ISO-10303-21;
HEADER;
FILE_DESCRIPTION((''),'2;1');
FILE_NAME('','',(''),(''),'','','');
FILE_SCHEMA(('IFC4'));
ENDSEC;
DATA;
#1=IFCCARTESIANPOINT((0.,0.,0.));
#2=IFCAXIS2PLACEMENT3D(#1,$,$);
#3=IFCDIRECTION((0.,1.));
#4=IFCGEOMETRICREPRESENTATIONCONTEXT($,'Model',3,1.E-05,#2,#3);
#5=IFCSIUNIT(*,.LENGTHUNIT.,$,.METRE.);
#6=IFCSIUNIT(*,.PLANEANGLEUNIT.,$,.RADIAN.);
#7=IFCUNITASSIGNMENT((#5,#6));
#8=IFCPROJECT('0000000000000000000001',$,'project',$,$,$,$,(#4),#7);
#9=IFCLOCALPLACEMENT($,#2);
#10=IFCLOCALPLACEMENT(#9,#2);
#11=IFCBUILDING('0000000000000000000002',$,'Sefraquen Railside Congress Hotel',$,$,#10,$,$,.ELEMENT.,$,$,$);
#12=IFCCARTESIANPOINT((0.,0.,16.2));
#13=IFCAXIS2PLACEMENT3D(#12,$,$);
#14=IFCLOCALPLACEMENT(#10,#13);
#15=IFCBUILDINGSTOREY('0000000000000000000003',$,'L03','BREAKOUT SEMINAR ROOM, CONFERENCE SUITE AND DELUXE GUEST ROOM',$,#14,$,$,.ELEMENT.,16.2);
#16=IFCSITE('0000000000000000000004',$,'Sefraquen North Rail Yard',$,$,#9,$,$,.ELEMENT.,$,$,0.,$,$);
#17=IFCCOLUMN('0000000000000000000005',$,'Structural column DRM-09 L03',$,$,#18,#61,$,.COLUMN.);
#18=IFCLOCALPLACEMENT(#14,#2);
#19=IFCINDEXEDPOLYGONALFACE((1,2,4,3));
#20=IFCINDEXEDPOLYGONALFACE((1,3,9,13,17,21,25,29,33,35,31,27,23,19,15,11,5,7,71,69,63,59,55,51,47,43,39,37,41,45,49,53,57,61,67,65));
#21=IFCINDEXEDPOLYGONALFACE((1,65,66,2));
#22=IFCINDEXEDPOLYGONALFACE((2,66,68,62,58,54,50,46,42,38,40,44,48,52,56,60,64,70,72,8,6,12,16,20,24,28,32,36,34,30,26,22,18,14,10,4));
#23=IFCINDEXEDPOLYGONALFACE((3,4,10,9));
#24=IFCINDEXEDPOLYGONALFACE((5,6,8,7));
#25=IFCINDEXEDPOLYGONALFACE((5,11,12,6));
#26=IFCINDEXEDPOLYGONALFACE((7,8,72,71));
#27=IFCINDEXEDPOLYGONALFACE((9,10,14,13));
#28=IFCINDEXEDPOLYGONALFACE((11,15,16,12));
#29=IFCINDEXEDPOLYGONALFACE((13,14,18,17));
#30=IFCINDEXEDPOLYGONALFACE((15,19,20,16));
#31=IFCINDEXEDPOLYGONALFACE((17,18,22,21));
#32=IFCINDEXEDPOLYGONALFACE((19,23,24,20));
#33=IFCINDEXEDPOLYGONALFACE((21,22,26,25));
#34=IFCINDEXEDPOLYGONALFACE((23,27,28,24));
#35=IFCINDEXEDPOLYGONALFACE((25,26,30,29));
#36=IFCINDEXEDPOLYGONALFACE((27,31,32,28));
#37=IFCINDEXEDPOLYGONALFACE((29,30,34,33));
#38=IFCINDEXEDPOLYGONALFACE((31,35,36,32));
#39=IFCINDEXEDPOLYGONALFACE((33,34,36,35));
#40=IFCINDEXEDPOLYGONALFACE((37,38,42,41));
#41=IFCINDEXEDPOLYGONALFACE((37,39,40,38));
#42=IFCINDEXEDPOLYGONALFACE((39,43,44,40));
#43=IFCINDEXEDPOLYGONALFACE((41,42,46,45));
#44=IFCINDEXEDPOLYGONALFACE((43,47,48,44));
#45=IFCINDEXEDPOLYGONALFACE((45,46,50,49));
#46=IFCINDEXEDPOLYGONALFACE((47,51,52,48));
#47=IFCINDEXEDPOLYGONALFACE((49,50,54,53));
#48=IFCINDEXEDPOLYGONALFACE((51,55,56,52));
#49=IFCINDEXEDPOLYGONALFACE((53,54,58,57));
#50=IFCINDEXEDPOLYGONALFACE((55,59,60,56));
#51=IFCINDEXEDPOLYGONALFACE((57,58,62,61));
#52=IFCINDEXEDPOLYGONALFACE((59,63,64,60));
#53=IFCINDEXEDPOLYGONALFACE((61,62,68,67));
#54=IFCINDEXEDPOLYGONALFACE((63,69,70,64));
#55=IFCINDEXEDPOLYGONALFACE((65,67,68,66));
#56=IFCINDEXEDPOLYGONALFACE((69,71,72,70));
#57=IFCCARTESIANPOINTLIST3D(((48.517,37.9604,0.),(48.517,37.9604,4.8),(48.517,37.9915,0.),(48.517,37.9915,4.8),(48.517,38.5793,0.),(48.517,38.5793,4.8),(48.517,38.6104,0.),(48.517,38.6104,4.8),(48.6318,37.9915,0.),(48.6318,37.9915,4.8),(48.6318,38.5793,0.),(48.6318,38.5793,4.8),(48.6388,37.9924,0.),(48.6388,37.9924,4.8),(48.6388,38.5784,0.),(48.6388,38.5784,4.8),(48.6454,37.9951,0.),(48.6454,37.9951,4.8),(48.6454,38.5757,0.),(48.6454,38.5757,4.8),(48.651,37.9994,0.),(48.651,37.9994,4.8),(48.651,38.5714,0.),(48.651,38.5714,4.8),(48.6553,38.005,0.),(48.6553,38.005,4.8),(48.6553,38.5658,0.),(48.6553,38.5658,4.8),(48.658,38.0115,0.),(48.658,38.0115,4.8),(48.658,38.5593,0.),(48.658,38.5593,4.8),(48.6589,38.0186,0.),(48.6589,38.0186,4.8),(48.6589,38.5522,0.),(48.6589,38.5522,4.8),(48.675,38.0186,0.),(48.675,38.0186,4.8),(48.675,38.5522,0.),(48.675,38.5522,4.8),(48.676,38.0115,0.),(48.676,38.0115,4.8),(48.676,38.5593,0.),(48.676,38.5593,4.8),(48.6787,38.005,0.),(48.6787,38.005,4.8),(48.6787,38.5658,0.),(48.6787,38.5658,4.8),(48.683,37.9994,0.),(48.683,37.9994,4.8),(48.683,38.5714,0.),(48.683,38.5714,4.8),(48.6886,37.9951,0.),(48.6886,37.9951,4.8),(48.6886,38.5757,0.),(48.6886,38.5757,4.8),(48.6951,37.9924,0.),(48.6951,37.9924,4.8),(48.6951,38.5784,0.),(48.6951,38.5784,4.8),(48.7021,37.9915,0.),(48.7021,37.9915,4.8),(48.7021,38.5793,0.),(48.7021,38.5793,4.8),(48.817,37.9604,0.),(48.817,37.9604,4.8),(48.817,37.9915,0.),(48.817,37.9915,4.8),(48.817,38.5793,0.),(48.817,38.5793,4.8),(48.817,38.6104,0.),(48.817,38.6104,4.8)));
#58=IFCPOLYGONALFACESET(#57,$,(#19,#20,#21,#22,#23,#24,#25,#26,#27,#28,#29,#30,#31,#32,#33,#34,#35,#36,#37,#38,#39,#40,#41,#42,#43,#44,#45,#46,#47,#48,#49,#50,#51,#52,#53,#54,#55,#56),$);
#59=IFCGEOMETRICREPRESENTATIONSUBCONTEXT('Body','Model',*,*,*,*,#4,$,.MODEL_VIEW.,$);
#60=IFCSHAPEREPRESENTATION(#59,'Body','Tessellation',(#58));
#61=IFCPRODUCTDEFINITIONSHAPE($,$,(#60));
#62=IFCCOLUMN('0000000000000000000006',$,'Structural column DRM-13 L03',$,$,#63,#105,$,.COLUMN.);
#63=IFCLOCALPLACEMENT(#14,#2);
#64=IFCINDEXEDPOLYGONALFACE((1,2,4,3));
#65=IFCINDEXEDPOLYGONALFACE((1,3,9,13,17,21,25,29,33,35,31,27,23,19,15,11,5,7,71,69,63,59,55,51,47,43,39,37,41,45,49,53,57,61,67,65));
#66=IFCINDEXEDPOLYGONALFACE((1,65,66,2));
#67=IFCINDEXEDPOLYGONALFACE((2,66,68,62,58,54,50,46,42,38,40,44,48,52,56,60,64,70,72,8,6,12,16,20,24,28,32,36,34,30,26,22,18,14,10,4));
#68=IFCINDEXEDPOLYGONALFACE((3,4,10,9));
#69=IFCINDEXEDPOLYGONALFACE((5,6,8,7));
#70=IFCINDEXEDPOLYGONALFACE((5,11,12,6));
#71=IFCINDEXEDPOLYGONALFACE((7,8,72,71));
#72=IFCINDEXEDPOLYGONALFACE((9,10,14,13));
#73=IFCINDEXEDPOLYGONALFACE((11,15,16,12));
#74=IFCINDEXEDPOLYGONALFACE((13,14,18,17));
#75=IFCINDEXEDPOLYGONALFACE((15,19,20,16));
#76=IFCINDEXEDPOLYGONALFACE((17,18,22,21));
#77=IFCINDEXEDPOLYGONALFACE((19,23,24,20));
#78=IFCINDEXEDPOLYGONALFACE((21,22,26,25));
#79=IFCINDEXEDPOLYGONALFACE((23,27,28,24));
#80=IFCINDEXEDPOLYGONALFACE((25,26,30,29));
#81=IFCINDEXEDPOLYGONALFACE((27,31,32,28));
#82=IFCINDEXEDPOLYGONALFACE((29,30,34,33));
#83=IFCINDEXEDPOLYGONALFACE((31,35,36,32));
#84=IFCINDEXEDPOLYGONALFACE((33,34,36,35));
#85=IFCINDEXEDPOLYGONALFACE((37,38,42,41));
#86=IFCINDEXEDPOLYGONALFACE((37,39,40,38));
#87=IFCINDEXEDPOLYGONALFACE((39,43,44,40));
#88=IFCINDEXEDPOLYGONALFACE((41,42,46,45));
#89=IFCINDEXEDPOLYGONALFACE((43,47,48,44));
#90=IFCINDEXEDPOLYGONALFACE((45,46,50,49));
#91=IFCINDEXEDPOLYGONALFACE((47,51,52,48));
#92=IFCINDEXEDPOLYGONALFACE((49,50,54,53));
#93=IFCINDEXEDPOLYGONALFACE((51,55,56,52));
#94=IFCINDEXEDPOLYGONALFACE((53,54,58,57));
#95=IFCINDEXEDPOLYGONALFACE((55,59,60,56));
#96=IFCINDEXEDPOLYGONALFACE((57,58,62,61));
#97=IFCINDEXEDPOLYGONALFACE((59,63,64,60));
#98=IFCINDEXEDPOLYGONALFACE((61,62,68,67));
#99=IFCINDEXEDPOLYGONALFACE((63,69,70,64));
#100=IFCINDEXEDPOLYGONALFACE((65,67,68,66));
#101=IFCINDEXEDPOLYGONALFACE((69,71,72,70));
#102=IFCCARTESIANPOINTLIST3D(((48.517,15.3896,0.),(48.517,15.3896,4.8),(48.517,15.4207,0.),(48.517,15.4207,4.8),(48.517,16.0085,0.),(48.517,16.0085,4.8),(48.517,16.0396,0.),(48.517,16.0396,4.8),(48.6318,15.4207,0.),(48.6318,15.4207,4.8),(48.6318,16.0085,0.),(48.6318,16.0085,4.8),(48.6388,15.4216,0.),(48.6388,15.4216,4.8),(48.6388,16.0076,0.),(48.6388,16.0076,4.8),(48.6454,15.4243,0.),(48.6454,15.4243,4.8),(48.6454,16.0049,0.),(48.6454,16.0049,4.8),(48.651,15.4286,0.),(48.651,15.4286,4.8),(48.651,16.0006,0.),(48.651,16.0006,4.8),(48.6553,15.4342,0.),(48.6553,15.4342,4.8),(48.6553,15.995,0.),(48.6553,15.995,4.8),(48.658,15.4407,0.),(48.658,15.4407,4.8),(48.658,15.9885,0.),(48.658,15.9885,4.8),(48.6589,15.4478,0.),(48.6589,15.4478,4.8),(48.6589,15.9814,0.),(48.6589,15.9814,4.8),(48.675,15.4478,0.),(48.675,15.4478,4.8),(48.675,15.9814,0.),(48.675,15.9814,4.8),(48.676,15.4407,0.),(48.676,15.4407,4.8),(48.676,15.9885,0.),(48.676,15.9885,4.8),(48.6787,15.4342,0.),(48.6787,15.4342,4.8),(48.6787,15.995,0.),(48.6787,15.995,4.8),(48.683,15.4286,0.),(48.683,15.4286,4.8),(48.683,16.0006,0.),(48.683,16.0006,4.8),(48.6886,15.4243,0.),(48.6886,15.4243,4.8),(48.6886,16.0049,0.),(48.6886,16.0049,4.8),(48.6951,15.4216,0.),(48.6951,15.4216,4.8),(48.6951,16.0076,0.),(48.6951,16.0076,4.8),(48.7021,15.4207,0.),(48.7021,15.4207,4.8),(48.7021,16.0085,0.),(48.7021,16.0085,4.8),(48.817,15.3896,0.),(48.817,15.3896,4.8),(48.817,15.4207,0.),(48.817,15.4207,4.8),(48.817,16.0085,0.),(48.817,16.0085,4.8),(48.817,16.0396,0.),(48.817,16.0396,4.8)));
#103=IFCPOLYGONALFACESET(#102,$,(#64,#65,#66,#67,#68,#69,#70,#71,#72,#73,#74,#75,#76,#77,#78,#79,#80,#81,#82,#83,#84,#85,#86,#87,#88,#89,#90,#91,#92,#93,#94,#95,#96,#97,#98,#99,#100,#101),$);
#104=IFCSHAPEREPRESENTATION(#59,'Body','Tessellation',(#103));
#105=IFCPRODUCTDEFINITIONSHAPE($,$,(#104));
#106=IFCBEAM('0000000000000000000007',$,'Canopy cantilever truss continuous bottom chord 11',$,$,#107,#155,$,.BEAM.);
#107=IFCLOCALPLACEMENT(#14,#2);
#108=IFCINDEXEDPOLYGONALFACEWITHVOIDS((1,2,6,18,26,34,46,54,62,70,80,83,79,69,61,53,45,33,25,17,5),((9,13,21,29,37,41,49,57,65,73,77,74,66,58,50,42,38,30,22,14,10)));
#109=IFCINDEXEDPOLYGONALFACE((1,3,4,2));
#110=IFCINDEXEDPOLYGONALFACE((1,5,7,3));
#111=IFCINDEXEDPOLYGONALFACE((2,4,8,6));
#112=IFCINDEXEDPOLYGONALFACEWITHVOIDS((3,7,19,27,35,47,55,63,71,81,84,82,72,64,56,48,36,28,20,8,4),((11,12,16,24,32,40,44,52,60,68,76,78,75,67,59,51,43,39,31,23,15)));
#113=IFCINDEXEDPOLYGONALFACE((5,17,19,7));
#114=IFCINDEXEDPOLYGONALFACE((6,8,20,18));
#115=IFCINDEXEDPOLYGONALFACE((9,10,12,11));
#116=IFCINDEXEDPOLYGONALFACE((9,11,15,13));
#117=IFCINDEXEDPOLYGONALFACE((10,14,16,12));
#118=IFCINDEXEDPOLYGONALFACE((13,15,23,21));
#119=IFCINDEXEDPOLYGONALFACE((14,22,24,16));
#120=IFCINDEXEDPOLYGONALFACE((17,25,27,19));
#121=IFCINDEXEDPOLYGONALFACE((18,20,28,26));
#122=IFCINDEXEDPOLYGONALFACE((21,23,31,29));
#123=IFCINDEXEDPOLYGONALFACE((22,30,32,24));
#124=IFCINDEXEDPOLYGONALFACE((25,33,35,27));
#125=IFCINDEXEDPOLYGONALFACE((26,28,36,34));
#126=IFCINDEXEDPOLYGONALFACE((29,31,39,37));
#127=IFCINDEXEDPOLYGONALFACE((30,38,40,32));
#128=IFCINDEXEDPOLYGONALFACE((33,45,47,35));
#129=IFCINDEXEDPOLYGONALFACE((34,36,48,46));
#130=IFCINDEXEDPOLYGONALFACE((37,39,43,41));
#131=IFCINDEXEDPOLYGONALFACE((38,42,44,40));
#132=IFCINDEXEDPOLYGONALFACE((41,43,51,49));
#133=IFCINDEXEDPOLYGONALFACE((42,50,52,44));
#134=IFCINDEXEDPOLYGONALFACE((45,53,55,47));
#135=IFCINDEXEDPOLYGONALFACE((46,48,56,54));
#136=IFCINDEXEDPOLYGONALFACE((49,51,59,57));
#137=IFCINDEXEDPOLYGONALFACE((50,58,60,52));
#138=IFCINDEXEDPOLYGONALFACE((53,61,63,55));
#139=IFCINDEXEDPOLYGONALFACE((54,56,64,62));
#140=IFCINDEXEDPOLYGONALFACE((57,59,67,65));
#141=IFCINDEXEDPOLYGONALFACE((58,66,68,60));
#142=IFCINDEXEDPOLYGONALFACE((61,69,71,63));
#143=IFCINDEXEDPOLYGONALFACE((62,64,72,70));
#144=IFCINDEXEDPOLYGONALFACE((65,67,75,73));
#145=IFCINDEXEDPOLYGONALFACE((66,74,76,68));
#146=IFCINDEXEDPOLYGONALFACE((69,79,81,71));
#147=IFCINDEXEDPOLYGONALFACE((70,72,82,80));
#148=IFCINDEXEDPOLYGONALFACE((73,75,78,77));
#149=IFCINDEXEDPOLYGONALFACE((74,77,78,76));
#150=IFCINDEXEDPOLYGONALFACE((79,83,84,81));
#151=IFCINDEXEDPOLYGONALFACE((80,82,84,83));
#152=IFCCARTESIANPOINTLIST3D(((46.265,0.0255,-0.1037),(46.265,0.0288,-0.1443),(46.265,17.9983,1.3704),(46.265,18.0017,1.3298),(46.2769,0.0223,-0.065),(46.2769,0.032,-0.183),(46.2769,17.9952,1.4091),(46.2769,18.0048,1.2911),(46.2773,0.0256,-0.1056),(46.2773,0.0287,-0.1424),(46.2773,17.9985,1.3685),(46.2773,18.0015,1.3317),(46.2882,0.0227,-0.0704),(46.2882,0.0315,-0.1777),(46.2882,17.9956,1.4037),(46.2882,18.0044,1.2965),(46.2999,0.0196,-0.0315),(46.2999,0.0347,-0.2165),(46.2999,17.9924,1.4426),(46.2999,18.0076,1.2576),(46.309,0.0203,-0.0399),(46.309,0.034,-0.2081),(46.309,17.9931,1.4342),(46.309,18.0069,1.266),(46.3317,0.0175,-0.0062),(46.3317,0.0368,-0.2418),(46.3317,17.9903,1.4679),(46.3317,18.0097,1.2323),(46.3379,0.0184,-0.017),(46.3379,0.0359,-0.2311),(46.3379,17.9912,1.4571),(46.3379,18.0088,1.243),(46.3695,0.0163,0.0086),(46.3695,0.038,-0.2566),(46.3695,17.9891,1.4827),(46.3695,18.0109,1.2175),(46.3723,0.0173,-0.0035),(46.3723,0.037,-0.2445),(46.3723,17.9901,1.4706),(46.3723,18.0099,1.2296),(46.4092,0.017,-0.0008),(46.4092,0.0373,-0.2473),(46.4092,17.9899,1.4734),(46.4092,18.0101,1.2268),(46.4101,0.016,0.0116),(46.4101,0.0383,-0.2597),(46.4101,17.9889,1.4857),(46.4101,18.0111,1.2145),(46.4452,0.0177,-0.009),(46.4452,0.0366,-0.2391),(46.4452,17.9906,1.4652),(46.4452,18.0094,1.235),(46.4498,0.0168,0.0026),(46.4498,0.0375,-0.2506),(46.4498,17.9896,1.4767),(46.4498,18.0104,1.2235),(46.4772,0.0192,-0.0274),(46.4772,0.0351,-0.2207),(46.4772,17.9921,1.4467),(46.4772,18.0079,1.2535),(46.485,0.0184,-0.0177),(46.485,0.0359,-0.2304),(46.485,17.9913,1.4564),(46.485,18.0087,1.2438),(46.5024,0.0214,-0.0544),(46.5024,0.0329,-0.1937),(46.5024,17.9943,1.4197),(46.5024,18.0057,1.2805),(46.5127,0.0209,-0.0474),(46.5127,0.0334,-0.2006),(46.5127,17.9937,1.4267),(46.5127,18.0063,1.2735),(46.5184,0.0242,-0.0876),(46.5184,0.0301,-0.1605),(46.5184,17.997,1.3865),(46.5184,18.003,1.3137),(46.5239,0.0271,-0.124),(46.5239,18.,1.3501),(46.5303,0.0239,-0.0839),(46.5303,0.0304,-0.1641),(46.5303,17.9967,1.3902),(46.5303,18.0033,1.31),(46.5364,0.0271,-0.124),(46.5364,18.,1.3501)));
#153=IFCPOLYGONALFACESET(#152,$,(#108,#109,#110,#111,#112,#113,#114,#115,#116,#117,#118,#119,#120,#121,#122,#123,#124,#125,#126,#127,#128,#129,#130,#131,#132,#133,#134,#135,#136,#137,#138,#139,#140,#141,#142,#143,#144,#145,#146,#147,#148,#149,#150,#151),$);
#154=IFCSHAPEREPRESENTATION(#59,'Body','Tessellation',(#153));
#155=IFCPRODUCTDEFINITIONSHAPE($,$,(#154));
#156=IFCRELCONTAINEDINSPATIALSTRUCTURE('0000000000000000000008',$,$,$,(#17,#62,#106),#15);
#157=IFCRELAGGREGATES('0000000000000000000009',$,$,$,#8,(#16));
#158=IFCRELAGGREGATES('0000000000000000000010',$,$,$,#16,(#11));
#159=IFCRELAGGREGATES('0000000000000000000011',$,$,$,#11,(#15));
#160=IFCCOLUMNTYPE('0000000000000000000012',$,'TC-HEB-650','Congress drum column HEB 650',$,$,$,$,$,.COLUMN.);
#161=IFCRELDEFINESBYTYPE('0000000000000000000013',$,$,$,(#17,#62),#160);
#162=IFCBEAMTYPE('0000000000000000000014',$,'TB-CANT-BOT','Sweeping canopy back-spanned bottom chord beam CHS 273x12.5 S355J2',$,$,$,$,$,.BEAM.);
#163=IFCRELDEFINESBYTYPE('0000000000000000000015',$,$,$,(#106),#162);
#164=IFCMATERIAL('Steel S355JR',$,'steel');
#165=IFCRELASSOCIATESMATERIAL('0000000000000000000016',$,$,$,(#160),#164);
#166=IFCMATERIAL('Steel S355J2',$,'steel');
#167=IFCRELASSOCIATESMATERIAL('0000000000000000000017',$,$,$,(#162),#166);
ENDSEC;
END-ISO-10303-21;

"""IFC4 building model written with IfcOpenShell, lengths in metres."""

from ifc_helpers import new_model, si_unit, direction, frame, origin, origin_2d, place, context, subcontext, project, spatial, hollow_circle, i_section, extrude, material, material_profile, profile_set, type_object, element, save


model = new_model("IFC4")

# Units and contexts
model_context = context("Model", 3, precision=1e-05, world=origin(), true_north=direction((0.0, 1.0)))
body_context = subcontext(model_context, "Body", "Model", "MODEL_VIEW")
ifc_project = project(units=[si_unit("LENGTHUNIT", "METRE"), si_unit("PLANEANGLEUNIT", "RADIAN")], contexts=[model_context])

# Site, building, storey
site_placement = place(None, origin())
site = spatial("IfcSite", under=ifc_project, at=site_placement, Name="Sefraquen North Rail Yard", CompositionType="ELEMENT", RefElevation=0.0)
building_placement = place(site_placement, origin())
building = spatial("IfcBuilding", under=site, at=building_placement, Name="Sefraquen Railside Congress Hotel", CompositionType="ELEMENT")
storey_placement = place(building_placement, frame((0.0, 0.0, 16.2)))
storey = spatial("IfcBuildingStorey", under=building, at=storey_placement, Name="L03", Description="BREAKOUT SEMINAR ROOM, CONFERENCE SUITE AND DELUXE GUEST ROOM", CompositionType="ELEMENT", Elevation=16.2)

# Columns
ifc_material_1 = material(Name="Steel S355JR", Category="steel")
ifc_material_profile_1 = material_profile(ifc_material_1, i_section(OverallWidth=0.3, OverallDepth=0.6499, WebThickness=0.0161, FlangeThickness=0.031, FilletRadius=0.0271, at=origin_2d()), Name="HEB 650")
ifc_profile_set_1 = profile_set([ifc_material_profile_1], Name="Steel S355JR")
column_type = type_object("IfcColumnType", Name="TC-HEB-650", Description="Congress drum column HEB 650", PredefinedType="COLUMN", material=ifc_profile_set_1)
for number, where, z_axis, x_axis, name in (
    (1, (48.667, 38.2854, 0.0), (0.0, 0.0, 1.0), (1.0, 0.0, 0.0), "Structural column DRM-09 L03"),
    (2, (48.667, 15.7146, 0.0), (0.0, 0.0, 1.0), (1.0, 0.0, 0.0), "Structural column DRM-13 L03"),
):
    element("IfcColumn", number, at=place(storey_placement, frame(where, z_axis=z_axis, x_axis=x_axis)), inside=storey, type_object=column_type, Name=name, PredefinedType="COLUMN", context=body_context, shape_type="SweptSolid", body=[
        extrude(i_section(OverallWidth=0.3, OverallDepth=0.6499, WebThickness=0.0161, FlangeThickness=0.031, FilletRadius=0.0271, at=origin_2d()), origin(), (0.0, 0.0, 1.0), 4.8),
    ])

# Beam
ifc_material_2 = material(Name="Steel S355J2", Category="steel")
ifc_material_profile_2 = material_profile(ifc_material_2, hollow_circle(Radius=0.1365, WallThickness=0.0125, at=origin_2d()), Name="CHS 273x12.5")
ifc_profile_set_2 = profile_set([ifc_material_profile_2], Name="Steel S355J2")
beam_type_1 = type_object("IfcBeamType", Name="TB-CANT-BOT", Description="Sweeping canopy back-spanned bottom chord beam CHS 273x12.5 S355J2", PredefinedType="BEAM", material=ifc_profile_set_2)
beam_1_placement = place(storey_placement, frame((46.3999, 18.0, 1.3501), z_axis=(0.0, -0.996653, -0.081745), x_axis=(1.0, 0.0, 0.0)))
element("IfcBeam", 3, at=beam_1_placement, inside=storey, type_object=beam_type_1, Name="Canopy cantilever truss continuous bottom chord 11", PredefinedType="BEAM", context=body_context, shape_type="SweptSolid", body=[
    extrude(hollow_circle(Radius=0.1365, WallThickness=0.0125, at=origin_2d()), origin(), (0.0, 0.0, 1.0), 18.0332),
])

save(model, "model.ifc")
